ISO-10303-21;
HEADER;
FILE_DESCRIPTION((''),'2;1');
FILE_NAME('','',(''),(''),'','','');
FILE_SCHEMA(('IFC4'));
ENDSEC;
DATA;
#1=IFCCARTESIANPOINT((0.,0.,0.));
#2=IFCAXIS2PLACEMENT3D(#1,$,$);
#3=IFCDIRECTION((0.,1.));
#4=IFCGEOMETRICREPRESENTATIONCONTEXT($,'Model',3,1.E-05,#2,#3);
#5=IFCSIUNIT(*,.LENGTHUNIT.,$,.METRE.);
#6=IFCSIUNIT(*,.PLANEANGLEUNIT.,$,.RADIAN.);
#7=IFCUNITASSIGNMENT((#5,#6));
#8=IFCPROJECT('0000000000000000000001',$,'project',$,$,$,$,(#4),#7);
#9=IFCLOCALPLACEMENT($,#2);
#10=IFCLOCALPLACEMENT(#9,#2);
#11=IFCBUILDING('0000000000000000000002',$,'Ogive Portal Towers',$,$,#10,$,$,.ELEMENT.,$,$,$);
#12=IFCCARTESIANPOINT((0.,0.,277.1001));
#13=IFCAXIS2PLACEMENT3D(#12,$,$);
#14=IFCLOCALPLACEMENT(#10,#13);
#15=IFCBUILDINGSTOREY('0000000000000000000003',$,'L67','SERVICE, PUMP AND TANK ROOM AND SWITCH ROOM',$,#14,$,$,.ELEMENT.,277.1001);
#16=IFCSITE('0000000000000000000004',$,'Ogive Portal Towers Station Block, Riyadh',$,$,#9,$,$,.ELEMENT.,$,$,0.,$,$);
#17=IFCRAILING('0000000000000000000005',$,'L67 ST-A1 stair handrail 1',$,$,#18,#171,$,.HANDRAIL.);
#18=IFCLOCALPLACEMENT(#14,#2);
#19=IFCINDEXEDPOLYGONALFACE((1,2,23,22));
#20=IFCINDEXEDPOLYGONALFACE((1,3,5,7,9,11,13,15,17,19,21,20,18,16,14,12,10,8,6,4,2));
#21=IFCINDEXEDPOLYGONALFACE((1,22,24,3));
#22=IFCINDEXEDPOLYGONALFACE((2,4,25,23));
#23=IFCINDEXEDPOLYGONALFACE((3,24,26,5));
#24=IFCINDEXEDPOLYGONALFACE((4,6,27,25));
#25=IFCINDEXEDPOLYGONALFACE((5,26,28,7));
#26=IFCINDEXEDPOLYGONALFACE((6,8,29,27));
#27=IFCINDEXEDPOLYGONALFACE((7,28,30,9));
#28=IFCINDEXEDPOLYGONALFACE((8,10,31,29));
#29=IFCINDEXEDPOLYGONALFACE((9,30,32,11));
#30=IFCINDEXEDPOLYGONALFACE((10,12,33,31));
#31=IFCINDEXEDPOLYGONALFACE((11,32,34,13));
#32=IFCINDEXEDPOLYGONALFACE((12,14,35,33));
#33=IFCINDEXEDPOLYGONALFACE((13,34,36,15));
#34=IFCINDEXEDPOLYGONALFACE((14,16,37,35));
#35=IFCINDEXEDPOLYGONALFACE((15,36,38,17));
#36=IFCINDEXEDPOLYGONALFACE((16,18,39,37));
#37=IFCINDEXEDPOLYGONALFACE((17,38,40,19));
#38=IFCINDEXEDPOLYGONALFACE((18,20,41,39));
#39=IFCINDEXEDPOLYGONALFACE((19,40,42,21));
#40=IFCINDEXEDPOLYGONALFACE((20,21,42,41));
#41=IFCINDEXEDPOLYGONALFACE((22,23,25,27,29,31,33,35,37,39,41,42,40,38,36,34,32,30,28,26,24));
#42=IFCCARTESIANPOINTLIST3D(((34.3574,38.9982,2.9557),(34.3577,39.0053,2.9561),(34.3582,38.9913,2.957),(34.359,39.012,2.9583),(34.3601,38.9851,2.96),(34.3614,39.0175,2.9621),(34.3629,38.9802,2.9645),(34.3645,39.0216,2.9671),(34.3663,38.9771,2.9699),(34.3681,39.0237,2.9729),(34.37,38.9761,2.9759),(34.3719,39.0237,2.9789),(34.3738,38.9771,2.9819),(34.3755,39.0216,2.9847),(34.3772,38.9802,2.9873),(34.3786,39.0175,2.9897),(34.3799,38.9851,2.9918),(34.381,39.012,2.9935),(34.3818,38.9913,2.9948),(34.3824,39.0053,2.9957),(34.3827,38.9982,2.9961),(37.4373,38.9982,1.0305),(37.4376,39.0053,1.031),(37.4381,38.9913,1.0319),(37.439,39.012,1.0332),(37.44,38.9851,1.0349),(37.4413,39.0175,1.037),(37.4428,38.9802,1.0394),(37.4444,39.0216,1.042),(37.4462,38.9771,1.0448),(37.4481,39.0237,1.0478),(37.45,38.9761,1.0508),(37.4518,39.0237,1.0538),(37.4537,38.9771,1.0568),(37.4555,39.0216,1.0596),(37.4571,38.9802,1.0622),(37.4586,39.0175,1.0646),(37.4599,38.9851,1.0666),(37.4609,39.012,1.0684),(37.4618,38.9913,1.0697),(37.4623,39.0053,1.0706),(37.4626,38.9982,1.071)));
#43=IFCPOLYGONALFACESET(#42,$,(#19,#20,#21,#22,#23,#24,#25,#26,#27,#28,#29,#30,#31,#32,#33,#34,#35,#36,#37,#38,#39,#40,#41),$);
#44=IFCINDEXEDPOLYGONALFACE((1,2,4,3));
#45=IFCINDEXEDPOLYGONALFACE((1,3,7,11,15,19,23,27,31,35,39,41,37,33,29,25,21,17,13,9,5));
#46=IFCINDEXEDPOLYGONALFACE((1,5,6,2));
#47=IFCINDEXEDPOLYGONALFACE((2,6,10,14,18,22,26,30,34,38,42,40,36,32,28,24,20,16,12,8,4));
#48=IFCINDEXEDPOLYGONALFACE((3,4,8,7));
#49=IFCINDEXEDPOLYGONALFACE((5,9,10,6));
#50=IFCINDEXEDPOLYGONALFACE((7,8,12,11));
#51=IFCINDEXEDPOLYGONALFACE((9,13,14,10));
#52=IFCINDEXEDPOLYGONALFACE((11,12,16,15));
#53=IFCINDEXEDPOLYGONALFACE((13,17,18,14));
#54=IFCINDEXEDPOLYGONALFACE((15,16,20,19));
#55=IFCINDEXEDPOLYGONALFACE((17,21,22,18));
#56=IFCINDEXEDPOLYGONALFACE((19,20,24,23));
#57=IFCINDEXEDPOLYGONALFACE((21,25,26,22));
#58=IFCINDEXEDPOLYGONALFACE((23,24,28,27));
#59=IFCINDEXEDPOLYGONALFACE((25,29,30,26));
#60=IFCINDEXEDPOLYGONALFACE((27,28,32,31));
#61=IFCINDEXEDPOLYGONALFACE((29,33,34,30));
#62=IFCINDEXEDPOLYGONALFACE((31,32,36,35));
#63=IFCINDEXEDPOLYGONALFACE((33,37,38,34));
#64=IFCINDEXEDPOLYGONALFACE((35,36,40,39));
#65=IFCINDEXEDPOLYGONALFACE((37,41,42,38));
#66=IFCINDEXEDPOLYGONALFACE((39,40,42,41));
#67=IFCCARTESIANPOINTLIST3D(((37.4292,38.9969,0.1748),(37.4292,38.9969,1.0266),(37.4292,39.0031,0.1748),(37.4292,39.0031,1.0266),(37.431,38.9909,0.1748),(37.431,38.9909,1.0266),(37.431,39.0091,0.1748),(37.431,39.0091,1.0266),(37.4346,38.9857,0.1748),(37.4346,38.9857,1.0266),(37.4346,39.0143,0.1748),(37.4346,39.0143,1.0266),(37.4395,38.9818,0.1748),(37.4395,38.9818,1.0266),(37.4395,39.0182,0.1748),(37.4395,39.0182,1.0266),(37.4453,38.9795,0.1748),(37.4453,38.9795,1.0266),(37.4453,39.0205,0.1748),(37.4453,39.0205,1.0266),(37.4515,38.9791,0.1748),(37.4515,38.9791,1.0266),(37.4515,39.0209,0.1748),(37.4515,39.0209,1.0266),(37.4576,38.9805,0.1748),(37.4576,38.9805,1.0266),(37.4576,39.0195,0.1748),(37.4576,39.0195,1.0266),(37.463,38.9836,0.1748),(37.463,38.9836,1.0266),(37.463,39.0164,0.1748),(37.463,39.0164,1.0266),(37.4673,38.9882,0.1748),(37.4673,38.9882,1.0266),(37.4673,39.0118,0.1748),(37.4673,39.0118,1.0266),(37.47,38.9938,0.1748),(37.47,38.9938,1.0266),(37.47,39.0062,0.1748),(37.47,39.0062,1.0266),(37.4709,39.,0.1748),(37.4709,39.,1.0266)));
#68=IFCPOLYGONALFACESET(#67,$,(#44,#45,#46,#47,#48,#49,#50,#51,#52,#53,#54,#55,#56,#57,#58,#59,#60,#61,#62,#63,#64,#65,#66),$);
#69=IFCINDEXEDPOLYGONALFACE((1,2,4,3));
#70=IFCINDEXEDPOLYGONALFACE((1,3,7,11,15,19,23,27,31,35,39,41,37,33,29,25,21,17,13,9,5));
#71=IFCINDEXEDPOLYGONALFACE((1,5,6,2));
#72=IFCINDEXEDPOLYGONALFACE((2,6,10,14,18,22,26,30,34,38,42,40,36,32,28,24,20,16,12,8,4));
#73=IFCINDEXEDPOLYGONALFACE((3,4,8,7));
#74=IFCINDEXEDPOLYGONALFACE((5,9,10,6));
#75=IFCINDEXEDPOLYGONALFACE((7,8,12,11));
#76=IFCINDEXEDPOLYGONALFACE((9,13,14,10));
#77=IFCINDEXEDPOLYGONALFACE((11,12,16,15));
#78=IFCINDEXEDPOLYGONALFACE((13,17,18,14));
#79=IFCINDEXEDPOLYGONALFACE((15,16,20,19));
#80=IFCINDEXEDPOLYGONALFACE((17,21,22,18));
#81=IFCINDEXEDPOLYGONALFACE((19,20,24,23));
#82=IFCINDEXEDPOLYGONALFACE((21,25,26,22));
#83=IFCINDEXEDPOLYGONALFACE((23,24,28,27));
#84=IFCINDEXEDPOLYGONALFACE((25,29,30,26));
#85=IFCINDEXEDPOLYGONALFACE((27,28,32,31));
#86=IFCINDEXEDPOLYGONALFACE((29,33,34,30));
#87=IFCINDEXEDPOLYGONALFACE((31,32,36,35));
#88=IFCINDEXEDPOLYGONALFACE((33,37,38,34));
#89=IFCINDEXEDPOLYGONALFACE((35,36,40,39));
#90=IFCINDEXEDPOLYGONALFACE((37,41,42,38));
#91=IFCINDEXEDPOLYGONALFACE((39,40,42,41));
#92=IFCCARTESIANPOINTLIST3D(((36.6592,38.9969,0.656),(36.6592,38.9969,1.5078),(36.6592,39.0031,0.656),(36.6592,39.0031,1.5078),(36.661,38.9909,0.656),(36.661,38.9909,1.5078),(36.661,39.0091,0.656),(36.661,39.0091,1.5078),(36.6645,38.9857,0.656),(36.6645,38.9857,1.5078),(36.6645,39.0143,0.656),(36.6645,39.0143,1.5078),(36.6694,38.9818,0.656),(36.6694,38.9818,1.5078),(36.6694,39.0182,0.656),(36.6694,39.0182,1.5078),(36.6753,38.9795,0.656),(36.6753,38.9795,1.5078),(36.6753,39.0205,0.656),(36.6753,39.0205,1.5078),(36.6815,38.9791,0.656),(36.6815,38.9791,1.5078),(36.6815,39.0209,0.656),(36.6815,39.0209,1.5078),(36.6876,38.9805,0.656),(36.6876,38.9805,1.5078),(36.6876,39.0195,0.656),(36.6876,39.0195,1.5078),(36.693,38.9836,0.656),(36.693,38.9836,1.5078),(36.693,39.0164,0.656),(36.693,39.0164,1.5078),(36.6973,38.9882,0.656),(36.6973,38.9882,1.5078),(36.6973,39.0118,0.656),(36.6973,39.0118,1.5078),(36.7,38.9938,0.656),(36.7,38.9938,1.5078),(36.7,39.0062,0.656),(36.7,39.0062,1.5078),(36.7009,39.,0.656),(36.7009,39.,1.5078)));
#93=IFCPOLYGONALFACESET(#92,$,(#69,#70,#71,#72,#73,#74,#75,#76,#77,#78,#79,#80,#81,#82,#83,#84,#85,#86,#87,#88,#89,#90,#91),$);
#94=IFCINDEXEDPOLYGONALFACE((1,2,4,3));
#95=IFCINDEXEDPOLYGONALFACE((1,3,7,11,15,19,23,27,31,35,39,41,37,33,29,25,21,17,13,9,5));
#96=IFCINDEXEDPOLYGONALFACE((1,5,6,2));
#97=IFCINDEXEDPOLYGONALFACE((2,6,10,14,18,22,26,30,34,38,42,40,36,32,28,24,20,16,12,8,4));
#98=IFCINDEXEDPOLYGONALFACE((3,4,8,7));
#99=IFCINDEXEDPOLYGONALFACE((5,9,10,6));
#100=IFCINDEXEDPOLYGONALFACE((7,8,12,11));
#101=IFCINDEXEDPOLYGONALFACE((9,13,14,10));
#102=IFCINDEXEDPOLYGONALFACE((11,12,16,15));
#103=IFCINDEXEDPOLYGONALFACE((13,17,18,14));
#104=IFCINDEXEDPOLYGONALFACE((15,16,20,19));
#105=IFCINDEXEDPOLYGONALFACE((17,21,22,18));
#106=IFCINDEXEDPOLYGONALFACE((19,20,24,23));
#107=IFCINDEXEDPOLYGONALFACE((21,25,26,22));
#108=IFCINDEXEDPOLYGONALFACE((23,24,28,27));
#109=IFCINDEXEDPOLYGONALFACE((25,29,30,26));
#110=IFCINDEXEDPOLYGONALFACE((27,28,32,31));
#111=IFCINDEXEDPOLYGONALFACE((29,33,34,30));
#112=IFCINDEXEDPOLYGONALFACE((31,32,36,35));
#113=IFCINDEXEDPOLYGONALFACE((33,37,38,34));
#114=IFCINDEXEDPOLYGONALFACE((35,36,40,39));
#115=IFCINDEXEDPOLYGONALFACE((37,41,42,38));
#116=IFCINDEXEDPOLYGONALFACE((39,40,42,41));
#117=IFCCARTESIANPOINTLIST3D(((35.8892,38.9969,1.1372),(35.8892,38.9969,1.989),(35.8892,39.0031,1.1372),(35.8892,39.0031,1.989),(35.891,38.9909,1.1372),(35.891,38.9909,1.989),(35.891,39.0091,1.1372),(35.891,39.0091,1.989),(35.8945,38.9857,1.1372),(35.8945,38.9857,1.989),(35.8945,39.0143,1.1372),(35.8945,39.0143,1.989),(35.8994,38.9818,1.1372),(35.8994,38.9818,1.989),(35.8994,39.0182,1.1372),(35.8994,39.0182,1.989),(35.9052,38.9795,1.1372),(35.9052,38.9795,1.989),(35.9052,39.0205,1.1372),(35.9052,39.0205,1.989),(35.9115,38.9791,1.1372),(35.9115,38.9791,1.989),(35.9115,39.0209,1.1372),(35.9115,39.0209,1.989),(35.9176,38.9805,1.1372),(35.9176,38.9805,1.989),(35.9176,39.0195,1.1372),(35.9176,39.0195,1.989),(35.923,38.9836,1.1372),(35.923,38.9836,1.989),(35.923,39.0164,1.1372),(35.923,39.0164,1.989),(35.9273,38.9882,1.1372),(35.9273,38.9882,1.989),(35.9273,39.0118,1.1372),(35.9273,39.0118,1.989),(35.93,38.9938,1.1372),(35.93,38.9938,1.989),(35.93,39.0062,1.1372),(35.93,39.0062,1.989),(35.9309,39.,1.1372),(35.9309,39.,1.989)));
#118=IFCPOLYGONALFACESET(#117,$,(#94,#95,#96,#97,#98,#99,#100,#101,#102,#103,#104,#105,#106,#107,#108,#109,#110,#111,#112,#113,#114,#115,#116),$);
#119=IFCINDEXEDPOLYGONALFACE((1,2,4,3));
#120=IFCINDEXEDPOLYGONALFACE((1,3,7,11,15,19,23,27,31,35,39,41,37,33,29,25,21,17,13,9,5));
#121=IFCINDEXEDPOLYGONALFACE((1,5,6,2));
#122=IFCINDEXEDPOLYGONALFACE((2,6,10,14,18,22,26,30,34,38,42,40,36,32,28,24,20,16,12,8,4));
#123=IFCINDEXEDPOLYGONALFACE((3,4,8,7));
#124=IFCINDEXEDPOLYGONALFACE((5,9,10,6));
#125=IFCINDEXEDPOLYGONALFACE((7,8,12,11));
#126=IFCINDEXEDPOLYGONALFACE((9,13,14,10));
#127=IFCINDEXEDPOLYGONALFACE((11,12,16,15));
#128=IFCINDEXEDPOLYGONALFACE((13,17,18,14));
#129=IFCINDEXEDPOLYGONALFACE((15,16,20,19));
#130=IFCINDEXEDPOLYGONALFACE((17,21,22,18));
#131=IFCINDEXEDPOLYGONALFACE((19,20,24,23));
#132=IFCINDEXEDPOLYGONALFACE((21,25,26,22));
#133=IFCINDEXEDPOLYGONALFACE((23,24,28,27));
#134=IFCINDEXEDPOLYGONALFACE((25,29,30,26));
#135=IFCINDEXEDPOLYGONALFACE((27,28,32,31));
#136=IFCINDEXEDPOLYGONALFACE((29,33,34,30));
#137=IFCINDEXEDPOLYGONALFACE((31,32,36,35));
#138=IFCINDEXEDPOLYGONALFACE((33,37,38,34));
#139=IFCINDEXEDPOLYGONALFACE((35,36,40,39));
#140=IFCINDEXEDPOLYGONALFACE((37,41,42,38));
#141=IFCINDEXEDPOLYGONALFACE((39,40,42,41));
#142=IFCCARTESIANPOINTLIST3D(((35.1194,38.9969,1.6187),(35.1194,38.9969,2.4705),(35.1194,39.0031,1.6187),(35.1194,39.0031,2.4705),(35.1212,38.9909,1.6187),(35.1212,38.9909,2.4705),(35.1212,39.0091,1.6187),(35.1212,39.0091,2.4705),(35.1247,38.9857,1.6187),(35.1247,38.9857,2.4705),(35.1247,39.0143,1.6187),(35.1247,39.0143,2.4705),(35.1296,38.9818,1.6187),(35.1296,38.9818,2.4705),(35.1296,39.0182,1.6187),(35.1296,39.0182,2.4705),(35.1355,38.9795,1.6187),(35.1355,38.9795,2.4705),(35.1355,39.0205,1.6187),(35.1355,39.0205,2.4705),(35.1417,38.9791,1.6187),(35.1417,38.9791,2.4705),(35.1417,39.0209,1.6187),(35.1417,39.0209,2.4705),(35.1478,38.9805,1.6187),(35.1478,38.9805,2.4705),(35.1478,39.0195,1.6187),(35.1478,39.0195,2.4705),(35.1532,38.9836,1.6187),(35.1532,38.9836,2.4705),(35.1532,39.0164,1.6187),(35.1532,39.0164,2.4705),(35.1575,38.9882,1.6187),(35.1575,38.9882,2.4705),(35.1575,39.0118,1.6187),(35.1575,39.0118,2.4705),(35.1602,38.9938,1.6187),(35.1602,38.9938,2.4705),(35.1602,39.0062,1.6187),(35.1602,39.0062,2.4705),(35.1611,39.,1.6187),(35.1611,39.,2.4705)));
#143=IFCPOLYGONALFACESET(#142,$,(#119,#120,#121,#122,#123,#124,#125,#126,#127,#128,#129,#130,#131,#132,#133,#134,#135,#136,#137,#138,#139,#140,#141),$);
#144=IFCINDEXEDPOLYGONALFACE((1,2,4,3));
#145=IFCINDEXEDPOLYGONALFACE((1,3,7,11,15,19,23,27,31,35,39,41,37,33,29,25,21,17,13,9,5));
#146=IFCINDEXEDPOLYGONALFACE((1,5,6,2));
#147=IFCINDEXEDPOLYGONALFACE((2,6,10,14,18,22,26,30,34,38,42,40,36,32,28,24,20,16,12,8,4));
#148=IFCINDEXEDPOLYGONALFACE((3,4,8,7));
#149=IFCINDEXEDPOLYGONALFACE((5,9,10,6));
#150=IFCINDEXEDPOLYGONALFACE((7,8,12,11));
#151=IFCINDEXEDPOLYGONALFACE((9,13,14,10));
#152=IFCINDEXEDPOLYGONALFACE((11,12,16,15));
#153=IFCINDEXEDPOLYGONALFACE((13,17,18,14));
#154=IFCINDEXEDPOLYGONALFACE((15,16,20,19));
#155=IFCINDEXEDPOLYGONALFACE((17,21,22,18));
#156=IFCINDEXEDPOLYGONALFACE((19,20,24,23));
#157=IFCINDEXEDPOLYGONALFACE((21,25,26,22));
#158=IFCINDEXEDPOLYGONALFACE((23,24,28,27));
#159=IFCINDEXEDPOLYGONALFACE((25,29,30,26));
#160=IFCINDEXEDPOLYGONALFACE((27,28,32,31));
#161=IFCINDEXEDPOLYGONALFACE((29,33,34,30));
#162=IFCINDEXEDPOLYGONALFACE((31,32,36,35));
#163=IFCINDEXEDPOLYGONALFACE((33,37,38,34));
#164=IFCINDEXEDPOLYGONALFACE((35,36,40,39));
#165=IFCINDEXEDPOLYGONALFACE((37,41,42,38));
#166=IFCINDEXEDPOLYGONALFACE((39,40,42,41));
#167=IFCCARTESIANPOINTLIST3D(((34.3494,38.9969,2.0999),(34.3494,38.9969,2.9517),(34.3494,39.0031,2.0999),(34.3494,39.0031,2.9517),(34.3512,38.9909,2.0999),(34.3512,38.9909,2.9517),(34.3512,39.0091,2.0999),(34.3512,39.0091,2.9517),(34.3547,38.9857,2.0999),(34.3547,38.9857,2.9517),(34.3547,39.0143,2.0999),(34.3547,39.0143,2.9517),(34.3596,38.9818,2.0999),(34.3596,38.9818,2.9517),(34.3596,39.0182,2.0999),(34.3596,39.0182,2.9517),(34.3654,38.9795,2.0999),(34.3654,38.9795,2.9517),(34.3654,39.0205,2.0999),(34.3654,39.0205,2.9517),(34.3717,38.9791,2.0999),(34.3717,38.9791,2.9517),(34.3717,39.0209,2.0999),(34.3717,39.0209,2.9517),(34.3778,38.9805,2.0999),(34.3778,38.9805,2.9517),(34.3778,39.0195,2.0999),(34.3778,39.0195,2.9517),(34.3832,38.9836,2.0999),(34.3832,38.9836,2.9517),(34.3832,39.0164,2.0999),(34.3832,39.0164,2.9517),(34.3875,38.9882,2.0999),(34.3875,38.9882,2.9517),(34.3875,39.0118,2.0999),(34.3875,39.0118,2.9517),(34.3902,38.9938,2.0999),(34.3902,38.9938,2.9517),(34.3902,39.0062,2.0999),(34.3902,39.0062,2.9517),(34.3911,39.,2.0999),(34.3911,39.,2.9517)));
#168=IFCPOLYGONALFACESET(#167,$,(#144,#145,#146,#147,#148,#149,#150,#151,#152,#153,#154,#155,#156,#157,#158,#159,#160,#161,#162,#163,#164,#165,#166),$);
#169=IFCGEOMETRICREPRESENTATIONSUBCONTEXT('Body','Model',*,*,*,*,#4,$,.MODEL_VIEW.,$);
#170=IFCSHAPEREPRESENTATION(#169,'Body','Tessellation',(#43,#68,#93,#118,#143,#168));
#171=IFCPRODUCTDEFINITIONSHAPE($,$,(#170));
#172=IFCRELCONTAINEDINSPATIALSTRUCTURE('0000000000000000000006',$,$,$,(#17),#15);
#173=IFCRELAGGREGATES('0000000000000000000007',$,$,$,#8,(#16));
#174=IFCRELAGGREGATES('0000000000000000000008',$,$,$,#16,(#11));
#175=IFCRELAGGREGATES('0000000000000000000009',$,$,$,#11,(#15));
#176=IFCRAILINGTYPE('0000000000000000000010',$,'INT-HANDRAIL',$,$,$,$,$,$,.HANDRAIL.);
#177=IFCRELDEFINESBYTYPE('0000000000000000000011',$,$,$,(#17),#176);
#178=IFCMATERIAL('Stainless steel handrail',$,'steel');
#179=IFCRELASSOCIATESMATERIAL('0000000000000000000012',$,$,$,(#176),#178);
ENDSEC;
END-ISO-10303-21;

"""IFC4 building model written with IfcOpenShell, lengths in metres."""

from ifc_helpers import new_model, si_unit, direction, frame, origin, origin_2d, place, context, subcontext, project, spatial, circle, extrude, material, type_object, element, save


model = new_model("IFC4")

# Units and contexts
model_context = context("Model", 3, precision=1e-05, world=origin(), true_north=direction((0.0, 1.0)))
body_context = subcontext(model_context, "Body", "Model", "MODEL_VIEW")
ifc_project = project(units=[si_unit("LENGTHUNIT", "METRE"), si_unit("PLANEANGLEUNIT", "RADIAN")], contexts=[model_context])

# Site, building, storey
site_placement = place(None, origin())
site = spatial("IfcSite", under=ifc_project, at=site_placement, Name="Ogive Portal Towers Station Block, Riyadh", CompositionType="ELEMENT", RefElevation=0.0)
building_placement = place(site_placement, origin())
building = spatial("IfcBuilding", under=site, at=building_placement, Name="Ogive Portal Towers", CompositionType="ELEMENT")
storey_placement = place(building_placement, frame((0.0, 0.0, 277.1001)))
storey = spatial("IfcBuildingStorey", under=building, at=storey_placement, Name="L67", Description="SERVICE, PUMP AND TANK ROOM AND SWITCH ROOM", CompositionType="ELEMENT", Elevation=277.1001)

# Railing
ifc_material_1 = material(Name="Stainless steel handrail", Category="steel")
railing_type_1 = type_object("IfcRailingType", Name="INT-HANDRAIL", PredefinedType="HANDRAIL", material=ifc_material_1)
railing_1_placement = place(storey_placement, frame((37.45, 39.0, 0.1748)))
element("IfcRailing", 1, at=railing_1_placement, inside=storey, type_object=railing_type_1, Name="L67 ST-A1 stair handrail 1", PredefinedType="HANDRAIL", context=body_context, shape_type="SweptSolid", body=[
    extrude(circle(Radius=0.0239, at=origin_2d()), frame((0.0, 0.0, 0.876), z_axis=(-0.847979, 0.0, 0.530029), x_axis=(0.0, -1.0, 0.0)), (0.0, 0.0, 1.0), 3.6321),
    extrude(circle(Radius=0.021, at=origin_2d()), origin(), (0.0, 0.0, 1.0), 0.8518),
    extrude(circle(Radius=0.021, at=origin_2d()), frame((-0.77, 0.0, 0.4812)), (0.0, 0.0, 1.0), 0.8518),
    extrude(circle(Radius=0.021, at=origin_2d()), frame((-1.54, 0.0, 0.9624)), (0.0, 0.0, 1.0), 0.8518),
    extrude(circle(Radius=0.021, at=origin_2d()), frame((-2.3098, 0.0, 1.4438)), (0.0, 0.0, 1.0), 0.8518),
    extrude(circle(Radius=0.021, at=origin_2d()), frame((-3.0798, 0.0, 1.925)), (0.0, 0.0, 1.0), 0.8518),
])

save(model, "model.ifc")
